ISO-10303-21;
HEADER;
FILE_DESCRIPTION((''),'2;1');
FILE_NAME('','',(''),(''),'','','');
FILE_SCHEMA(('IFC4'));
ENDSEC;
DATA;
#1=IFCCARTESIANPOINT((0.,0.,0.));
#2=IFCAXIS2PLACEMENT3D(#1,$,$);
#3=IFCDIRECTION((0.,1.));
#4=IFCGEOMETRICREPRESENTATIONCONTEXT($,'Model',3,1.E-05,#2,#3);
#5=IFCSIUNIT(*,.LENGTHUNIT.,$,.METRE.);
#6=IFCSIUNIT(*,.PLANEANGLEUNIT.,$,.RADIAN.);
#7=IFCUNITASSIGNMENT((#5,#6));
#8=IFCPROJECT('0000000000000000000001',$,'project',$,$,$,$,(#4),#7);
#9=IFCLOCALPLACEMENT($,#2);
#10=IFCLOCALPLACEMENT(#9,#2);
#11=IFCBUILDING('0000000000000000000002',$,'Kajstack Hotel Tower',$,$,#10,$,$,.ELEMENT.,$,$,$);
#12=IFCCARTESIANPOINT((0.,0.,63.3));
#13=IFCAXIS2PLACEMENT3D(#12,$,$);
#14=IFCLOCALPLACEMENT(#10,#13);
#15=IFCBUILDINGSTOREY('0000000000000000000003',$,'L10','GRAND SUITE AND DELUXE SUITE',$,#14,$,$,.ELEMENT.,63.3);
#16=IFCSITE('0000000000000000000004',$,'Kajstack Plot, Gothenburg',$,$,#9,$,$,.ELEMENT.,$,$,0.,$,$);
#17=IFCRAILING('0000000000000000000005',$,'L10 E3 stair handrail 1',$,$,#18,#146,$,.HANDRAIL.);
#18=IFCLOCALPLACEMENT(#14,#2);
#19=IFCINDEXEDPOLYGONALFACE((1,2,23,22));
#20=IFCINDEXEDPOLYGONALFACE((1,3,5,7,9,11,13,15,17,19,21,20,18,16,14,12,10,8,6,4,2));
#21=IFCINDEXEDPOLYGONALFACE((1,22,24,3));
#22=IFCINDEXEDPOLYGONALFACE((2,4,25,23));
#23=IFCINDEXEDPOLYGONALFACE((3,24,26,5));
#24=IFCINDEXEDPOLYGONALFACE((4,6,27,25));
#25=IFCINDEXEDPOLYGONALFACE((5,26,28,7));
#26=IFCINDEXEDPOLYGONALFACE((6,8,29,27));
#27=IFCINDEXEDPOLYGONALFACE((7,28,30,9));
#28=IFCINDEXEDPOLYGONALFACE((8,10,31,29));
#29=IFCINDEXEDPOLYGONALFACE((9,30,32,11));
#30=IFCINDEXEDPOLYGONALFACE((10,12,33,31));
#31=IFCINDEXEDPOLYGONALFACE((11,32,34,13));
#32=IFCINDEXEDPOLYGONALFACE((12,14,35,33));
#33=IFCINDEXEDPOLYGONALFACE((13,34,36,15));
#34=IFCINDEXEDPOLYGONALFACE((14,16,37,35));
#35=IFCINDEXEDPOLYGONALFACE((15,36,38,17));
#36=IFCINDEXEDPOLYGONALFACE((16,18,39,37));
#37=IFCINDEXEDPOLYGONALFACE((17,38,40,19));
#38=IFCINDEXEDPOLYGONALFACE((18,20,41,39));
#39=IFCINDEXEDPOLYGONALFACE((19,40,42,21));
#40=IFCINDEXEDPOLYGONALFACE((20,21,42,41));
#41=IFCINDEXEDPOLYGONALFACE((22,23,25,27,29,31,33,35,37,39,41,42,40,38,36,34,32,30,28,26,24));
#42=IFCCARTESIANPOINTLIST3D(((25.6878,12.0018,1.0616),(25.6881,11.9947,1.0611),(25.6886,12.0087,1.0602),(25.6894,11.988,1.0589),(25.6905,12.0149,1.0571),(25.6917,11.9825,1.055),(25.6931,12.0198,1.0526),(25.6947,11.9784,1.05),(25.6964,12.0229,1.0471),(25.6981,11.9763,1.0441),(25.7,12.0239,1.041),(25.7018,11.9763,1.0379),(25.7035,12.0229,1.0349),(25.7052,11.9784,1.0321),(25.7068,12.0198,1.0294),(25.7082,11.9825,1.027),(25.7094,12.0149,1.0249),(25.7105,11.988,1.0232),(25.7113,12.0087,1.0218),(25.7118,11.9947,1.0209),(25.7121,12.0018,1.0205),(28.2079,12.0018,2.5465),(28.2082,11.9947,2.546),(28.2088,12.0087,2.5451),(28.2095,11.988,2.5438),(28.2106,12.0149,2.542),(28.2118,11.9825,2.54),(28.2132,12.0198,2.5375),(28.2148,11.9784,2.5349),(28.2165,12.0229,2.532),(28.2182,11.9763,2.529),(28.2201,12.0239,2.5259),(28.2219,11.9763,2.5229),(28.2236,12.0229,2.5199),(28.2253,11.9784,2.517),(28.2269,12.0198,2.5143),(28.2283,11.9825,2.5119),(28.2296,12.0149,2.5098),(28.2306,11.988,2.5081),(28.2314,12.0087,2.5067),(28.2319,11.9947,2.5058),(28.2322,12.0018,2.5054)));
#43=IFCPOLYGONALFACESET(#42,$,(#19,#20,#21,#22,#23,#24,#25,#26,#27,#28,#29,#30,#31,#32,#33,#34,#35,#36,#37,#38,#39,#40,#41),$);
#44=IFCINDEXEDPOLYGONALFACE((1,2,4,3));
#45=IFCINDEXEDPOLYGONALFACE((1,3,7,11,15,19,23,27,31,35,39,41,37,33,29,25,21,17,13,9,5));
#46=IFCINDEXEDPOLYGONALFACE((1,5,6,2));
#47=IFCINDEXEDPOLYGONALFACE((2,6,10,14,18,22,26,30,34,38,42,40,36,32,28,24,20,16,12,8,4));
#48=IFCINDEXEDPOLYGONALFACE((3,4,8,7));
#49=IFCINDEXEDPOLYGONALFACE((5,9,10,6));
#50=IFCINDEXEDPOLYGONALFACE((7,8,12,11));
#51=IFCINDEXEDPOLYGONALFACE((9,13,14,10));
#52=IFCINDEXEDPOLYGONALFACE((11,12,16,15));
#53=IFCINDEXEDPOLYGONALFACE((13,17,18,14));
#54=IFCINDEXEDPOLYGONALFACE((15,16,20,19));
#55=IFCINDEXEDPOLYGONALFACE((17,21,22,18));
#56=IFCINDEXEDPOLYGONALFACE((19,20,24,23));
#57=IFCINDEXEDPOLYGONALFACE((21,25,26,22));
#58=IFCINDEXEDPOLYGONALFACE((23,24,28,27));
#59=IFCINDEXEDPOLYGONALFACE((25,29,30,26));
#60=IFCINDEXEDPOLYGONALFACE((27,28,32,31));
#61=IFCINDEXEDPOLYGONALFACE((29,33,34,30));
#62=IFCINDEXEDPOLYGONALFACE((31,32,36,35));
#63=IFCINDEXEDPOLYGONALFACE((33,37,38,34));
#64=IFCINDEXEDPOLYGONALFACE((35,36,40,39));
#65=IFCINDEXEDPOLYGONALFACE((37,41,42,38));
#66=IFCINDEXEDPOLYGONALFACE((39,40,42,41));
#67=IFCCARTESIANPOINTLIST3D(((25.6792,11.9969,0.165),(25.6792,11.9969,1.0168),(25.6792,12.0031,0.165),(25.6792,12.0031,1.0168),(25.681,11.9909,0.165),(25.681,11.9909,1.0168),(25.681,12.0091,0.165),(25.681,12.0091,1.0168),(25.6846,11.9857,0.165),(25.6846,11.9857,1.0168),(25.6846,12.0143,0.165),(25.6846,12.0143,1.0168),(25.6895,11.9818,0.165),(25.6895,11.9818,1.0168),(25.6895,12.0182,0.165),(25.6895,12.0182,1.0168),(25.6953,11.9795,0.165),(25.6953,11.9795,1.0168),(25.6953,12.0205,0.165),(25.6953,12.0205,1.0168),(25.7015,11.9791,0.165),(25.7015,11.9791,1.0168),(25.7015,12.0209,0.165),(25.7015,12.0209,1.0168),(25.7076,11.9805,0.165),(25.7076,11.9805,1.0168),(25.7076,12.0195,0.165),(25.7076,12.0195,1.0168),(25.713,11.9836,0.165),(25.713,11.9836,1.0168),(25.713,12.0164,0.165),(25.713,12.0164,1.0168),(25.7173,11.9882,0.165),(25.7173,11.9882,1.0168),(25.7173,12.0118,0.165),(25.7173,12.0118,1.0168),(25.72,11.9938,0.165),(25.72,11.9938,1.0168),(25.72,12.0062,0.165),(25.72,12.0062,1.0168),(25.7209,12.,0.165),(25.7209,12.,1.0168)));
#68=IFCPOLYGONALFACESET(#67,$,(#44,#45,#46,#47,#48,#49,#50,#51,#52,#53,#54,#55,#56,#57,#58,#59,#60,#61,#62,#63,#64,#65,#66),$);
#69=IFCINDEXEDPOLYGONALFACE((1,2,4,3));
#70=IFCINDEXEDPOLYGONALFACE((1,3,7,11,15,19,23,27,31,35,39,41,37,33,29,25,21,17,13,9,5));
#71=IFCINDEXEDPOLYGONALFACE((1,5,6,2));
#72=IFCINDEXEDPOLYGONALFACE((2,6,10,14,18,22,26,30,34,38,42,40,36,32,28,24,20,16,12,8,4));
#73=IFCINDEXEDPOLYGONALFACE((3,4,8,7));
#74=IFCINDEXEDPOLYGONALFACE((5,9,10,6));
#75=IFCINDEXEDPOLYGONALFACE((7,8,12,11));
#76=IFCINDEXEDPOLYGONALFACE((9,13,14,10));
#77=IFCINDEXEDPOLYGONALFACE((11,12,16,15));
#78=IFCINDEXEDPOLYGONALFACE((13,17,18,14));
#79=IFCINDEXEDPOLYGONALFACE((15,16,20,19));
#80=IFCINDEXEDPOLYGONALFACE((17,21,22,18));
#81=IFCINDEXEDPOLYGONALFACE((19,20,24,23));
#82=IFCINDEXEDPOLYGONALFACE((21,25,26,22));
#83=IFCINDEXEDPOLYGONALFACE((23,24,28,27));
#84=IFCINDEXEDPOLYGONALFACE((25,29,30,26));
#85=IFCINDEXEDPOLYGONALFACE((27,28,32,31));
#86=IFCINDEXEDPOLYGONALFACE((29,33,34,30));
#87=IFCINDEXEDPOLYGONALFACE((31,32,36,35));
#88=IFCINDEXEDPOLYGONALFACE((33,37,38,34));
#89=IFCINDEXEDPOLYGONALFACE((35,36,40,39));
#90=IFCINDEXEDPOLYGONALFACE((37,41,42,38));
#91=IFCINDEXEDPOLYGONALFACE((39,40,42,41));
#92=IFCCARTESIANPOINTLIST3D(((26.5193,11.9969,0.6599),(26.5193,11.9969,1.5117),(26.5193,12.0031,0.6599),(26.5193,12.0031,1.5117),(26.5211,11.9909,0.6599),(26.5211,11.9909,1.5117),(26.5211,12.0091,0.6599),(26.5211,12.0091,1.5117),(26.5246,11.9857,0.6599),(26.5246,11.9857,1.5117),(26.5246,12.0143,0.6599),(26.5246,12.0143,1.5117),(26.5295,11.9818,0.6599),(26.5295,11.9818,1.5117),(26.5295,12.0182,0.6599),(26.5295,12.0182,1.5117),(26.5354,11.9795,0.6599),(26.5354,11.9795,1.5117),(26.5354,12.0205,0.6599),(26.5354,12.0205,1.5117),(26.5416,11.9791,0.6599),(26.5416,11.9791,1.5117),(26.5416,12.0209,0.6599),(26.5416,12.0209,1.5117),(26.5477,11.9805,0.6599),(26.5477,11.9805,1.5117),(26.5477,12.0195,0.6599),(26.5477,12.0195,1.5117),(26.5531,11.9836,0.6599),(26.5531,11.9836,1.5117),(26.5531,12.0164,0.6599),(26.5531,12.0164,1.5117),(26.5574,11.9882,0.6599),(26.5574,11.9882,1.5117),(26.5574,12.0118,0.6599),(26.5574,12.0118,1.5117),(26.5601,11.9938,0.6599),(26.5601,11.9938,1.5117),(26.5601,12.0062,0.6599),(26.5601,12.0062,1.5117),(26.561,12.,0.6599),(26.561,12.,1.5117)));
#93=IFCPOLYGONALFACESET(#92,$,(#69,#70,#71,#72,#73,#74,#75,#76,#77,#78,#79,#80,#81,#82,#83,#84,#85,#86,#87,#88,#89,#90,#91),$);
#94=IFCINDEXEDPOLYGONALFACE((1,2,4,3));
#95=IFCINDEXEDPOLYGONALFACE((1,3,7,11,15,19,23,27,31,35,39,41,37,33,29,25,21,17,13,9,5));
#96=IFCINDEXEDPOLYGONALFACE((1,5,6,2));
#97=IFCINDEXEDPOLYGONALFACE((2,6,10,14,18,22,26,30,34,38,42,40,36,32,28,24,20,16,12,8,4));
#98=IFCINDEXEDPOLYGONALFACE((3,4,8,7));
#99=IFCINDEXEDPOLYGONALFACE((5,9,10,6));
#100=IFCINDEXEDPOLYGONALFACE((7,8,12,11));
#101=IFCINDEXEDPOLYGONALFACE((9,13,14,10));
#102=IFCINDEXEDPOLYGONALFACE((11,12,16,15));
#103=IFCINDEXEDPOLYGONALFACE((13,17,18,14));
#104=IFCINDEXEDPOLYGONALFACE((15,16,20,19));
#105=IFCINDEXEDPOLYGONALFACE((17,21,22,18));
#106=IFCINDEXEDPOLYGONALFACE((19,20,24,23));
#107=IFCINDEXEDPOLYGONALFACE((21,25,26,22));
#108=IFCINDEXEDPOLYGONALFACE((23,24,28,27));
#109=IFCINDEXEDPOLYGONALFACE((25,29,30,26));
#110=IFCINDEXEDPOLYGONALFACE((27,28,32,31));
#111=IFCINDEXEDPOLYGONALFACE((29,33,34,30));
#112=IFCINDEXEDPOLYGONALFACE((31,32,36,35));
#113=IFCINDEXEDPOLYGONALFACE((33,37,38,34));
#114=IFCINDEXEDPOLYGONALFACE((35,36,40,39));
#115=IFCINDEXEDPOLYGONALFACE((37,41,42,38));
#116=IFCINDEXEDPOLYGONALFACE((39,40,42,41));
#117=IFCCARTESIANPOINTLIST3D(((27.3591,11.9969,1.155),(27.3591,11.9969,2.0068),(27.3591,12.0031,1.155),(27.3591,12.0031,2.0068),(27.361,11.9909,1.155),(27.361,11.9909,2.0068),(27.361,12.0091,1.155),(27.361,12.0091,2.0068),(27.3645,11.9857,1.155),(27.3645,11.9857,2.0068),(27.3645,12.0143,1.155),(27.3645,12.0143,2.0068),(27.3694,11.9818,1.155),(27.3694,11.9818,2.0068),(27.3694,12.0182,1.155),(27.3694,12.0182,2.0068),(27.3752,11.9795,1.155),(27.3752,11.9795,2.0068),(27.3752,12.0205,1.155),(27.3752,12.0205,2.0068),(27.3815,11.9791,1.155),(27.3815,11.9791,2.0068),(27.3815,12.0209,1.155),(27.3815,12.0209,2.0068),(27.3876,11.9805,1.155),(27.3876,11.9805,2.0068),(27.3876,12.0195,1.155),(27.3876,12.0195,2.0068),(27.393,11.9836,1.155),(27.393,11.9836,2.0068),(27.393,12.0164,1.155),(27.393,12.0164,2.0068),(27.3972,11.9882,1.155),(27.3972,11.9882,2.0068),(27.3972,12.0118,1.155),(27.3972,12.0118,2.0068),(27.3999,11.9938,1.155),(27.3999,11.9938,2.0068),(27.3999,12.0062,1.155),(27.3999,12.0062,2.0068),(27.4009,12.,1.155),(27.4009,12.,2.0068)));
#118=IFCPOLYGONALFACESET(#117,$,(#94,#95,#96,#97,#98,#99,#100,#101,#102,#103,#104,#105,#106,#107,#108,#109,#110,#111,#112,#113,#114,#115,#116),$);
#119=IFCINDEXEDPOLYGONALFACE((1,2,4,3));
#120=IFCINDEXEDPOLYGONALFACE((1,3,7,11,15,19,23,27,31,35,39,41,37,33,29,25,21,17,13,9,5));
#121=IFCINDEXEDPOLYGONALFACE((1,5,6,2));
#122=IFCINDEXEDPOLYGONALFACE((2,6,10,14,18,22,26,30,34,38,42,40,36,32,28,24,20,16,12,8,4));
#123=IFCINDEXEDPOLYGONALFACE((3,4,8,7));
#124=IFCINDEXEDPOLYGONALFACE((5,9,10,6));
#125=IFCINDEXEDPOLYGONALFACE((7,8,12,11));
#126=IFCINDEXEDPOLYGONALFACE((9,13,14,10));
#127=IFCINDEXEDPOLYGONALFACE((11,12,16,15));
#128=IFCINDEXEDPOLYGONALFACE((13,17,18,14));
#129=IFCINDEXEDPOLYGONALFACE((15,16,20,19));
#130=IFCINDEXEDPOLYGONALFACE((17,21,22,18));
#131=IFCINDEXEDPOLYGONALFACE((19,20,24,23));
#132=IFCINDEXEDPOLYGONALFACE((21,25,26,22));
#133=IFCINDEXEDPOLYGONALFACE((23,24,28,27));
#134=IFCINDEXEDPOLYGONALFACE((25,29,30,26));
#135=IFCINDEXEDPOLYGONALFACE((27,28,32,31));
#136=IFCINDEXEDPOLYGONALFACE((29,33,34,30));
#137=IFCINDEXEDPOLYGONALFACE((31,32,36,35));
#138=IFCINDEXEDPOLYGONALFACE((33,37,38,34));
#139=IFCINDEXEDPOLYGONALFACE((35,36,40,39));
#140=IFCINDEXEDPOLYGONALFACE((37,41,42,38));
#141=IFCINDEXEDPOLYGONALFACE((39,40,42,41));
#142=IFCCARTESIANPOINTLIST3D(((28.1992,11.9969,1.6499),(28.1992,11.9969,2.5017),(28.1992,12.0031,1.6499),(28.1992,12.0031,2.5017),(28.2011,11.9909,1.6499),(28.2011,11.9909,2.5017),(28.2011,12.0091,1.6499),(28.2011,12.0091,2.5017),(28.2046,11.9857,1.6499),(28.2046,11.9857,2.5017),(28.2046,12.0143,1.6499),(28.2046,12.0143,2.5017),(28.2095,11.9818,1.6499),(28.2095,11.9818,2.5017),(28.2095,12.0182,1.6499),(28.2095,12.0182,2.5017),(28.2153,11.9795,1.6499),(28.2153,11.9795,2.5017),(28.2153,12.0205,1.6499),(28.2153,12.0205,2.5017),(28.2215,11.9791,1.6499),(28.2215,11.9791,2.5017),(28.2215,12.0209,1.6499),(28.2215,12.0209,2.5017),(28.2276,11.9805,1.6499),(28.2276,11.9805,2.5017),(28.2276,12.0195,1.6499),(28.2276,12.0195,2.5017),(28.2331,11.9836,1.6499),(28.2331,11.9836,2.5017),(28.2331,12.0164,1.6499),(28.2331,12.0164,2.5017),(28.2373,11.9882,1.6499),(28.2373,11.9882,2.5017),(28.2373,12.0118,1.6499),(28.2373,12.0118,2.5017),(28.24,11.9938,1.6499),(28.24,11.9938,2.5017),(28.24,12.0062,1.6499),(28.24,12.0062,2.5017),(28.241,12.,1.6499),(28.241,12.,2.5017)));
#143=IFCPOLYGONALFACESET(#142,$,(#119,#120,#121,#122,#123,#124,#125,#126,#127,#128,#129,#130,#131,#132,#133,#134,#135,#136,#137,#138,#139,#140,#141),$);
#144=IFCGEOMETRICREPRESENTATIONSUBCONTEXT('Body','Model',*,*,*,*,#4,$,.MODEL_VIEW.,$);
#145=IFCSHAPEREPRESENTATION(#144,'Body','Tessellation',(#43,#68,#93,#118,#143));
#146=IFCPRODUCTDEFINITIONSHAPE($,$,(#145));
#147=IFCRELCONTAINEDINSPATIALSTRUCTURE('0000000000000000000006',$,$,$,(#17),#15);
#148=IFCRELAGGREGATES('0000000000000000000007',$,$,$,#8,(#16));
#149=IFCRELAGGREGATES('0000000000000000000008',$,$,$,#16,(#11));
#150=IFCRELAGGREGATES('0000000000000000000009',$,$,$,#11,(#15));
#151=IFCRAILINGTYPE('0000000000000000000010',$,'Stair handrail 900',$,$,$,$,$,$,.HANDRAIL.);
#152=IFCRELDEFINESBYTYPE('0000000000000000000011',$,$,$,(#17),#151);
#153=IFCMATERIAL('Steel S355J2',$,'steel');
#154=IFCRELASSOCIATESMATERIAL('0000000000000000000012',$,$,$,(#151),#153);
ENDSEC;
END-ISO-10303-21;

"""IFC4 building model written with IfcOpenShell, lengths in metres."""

from ifc_helpers import new_model, si_unit, direction, frame, origin, origin_2d, place, context, subcontext, project, spatial, circle, extrude, material, type_object, element, save


model = new_model("IFC4")

# Units and contexts
model_context = context("Model", 3, precision=1e-05, world=origin(), true_north=direction((0.0, 1.0)))
body_context = subcontext(model_context, "Body", "Model", "MODEL_VIEW")
ifc_project = project(units=[si_unit("LENGTHUNIT", "METRE"), si_unit("PLANEANGLEUNIT", "RADIAN")], contexts=[model_context])

# Site, building, storey
site_placement = place(None, origin())
site = spatial("IfcSite", under=ifc_project, at=site_placement, Name="Kajstack Plot, Gothenburg", CompositionType="ELEMENT", RefElevation=0.0)
building_placement = place(site_placement, origin())
building = spatial("IfcBuilding", under=site, at=building_placement, Name="Kajstack Hotel Tower", CompositionType="ELEMENT")
storey_placement = place(building_placement, frame((0.0, 0.0, 63.3)))
storey = spatial("IfcBuildingStorey", under=building, at=storey_placement, Name="L10", Description="GRAND SUITE AND DELUXE SUITE", CompositionType="ELEMENT", Elevation=63.3)

# Railing
ifc_material_1 = material(Name="Steel S355J2", Category="steel")
railing_type_1 = type_object("IfcRailingType", Name="Stair handrail 900", PredefinedType="HANDRAIL", material=ifc_material_1)
railing_1_placement = place(storey_placement, frame((25.7, 12.0, 0.165)))
element("IfcRailing", 1, at=railing_1_placement, inside=storey, type_object=railing_type_1, Name="L10 E3 stair handrail 1", PredefinedType="HANDRAIL", context=body_context, shape_type="SweptSolid", body=[
    extrude(circle(Radius=0.0239, at=origin_2d()), frame((0.0, 0.0, 0.876), z_axis=(0.861561, 0.0, 0.507655), x_axis=(0.0, 1.0, 0.0)), (0.0, 0.0, 1.0), 2.925),
    extrude(circle(Radius=0.021, at=origin_2d()), origin(), (0.0, 0.0, 1.0), 0.8518),
    extrude(circle(Radius=0.021, at=origin_2d()), frame((0.8401, 0.0, 0.4949)), (0.0, 0.0, 1.0), 0.8518),
    extrude(circle(Radius=0.021, at=origin_2d()), frame((1.6799, 0.0, 0.99)), (0.0, 0.0, 1.0), 0.8518),
    extrude(circle(Radius=0.021, at=origin_2d()), frame((2.52, 0.0, 1.4849)), (0.0, 0.0, 1.0), 0.8518),
])

save(model, "model.ifc")
